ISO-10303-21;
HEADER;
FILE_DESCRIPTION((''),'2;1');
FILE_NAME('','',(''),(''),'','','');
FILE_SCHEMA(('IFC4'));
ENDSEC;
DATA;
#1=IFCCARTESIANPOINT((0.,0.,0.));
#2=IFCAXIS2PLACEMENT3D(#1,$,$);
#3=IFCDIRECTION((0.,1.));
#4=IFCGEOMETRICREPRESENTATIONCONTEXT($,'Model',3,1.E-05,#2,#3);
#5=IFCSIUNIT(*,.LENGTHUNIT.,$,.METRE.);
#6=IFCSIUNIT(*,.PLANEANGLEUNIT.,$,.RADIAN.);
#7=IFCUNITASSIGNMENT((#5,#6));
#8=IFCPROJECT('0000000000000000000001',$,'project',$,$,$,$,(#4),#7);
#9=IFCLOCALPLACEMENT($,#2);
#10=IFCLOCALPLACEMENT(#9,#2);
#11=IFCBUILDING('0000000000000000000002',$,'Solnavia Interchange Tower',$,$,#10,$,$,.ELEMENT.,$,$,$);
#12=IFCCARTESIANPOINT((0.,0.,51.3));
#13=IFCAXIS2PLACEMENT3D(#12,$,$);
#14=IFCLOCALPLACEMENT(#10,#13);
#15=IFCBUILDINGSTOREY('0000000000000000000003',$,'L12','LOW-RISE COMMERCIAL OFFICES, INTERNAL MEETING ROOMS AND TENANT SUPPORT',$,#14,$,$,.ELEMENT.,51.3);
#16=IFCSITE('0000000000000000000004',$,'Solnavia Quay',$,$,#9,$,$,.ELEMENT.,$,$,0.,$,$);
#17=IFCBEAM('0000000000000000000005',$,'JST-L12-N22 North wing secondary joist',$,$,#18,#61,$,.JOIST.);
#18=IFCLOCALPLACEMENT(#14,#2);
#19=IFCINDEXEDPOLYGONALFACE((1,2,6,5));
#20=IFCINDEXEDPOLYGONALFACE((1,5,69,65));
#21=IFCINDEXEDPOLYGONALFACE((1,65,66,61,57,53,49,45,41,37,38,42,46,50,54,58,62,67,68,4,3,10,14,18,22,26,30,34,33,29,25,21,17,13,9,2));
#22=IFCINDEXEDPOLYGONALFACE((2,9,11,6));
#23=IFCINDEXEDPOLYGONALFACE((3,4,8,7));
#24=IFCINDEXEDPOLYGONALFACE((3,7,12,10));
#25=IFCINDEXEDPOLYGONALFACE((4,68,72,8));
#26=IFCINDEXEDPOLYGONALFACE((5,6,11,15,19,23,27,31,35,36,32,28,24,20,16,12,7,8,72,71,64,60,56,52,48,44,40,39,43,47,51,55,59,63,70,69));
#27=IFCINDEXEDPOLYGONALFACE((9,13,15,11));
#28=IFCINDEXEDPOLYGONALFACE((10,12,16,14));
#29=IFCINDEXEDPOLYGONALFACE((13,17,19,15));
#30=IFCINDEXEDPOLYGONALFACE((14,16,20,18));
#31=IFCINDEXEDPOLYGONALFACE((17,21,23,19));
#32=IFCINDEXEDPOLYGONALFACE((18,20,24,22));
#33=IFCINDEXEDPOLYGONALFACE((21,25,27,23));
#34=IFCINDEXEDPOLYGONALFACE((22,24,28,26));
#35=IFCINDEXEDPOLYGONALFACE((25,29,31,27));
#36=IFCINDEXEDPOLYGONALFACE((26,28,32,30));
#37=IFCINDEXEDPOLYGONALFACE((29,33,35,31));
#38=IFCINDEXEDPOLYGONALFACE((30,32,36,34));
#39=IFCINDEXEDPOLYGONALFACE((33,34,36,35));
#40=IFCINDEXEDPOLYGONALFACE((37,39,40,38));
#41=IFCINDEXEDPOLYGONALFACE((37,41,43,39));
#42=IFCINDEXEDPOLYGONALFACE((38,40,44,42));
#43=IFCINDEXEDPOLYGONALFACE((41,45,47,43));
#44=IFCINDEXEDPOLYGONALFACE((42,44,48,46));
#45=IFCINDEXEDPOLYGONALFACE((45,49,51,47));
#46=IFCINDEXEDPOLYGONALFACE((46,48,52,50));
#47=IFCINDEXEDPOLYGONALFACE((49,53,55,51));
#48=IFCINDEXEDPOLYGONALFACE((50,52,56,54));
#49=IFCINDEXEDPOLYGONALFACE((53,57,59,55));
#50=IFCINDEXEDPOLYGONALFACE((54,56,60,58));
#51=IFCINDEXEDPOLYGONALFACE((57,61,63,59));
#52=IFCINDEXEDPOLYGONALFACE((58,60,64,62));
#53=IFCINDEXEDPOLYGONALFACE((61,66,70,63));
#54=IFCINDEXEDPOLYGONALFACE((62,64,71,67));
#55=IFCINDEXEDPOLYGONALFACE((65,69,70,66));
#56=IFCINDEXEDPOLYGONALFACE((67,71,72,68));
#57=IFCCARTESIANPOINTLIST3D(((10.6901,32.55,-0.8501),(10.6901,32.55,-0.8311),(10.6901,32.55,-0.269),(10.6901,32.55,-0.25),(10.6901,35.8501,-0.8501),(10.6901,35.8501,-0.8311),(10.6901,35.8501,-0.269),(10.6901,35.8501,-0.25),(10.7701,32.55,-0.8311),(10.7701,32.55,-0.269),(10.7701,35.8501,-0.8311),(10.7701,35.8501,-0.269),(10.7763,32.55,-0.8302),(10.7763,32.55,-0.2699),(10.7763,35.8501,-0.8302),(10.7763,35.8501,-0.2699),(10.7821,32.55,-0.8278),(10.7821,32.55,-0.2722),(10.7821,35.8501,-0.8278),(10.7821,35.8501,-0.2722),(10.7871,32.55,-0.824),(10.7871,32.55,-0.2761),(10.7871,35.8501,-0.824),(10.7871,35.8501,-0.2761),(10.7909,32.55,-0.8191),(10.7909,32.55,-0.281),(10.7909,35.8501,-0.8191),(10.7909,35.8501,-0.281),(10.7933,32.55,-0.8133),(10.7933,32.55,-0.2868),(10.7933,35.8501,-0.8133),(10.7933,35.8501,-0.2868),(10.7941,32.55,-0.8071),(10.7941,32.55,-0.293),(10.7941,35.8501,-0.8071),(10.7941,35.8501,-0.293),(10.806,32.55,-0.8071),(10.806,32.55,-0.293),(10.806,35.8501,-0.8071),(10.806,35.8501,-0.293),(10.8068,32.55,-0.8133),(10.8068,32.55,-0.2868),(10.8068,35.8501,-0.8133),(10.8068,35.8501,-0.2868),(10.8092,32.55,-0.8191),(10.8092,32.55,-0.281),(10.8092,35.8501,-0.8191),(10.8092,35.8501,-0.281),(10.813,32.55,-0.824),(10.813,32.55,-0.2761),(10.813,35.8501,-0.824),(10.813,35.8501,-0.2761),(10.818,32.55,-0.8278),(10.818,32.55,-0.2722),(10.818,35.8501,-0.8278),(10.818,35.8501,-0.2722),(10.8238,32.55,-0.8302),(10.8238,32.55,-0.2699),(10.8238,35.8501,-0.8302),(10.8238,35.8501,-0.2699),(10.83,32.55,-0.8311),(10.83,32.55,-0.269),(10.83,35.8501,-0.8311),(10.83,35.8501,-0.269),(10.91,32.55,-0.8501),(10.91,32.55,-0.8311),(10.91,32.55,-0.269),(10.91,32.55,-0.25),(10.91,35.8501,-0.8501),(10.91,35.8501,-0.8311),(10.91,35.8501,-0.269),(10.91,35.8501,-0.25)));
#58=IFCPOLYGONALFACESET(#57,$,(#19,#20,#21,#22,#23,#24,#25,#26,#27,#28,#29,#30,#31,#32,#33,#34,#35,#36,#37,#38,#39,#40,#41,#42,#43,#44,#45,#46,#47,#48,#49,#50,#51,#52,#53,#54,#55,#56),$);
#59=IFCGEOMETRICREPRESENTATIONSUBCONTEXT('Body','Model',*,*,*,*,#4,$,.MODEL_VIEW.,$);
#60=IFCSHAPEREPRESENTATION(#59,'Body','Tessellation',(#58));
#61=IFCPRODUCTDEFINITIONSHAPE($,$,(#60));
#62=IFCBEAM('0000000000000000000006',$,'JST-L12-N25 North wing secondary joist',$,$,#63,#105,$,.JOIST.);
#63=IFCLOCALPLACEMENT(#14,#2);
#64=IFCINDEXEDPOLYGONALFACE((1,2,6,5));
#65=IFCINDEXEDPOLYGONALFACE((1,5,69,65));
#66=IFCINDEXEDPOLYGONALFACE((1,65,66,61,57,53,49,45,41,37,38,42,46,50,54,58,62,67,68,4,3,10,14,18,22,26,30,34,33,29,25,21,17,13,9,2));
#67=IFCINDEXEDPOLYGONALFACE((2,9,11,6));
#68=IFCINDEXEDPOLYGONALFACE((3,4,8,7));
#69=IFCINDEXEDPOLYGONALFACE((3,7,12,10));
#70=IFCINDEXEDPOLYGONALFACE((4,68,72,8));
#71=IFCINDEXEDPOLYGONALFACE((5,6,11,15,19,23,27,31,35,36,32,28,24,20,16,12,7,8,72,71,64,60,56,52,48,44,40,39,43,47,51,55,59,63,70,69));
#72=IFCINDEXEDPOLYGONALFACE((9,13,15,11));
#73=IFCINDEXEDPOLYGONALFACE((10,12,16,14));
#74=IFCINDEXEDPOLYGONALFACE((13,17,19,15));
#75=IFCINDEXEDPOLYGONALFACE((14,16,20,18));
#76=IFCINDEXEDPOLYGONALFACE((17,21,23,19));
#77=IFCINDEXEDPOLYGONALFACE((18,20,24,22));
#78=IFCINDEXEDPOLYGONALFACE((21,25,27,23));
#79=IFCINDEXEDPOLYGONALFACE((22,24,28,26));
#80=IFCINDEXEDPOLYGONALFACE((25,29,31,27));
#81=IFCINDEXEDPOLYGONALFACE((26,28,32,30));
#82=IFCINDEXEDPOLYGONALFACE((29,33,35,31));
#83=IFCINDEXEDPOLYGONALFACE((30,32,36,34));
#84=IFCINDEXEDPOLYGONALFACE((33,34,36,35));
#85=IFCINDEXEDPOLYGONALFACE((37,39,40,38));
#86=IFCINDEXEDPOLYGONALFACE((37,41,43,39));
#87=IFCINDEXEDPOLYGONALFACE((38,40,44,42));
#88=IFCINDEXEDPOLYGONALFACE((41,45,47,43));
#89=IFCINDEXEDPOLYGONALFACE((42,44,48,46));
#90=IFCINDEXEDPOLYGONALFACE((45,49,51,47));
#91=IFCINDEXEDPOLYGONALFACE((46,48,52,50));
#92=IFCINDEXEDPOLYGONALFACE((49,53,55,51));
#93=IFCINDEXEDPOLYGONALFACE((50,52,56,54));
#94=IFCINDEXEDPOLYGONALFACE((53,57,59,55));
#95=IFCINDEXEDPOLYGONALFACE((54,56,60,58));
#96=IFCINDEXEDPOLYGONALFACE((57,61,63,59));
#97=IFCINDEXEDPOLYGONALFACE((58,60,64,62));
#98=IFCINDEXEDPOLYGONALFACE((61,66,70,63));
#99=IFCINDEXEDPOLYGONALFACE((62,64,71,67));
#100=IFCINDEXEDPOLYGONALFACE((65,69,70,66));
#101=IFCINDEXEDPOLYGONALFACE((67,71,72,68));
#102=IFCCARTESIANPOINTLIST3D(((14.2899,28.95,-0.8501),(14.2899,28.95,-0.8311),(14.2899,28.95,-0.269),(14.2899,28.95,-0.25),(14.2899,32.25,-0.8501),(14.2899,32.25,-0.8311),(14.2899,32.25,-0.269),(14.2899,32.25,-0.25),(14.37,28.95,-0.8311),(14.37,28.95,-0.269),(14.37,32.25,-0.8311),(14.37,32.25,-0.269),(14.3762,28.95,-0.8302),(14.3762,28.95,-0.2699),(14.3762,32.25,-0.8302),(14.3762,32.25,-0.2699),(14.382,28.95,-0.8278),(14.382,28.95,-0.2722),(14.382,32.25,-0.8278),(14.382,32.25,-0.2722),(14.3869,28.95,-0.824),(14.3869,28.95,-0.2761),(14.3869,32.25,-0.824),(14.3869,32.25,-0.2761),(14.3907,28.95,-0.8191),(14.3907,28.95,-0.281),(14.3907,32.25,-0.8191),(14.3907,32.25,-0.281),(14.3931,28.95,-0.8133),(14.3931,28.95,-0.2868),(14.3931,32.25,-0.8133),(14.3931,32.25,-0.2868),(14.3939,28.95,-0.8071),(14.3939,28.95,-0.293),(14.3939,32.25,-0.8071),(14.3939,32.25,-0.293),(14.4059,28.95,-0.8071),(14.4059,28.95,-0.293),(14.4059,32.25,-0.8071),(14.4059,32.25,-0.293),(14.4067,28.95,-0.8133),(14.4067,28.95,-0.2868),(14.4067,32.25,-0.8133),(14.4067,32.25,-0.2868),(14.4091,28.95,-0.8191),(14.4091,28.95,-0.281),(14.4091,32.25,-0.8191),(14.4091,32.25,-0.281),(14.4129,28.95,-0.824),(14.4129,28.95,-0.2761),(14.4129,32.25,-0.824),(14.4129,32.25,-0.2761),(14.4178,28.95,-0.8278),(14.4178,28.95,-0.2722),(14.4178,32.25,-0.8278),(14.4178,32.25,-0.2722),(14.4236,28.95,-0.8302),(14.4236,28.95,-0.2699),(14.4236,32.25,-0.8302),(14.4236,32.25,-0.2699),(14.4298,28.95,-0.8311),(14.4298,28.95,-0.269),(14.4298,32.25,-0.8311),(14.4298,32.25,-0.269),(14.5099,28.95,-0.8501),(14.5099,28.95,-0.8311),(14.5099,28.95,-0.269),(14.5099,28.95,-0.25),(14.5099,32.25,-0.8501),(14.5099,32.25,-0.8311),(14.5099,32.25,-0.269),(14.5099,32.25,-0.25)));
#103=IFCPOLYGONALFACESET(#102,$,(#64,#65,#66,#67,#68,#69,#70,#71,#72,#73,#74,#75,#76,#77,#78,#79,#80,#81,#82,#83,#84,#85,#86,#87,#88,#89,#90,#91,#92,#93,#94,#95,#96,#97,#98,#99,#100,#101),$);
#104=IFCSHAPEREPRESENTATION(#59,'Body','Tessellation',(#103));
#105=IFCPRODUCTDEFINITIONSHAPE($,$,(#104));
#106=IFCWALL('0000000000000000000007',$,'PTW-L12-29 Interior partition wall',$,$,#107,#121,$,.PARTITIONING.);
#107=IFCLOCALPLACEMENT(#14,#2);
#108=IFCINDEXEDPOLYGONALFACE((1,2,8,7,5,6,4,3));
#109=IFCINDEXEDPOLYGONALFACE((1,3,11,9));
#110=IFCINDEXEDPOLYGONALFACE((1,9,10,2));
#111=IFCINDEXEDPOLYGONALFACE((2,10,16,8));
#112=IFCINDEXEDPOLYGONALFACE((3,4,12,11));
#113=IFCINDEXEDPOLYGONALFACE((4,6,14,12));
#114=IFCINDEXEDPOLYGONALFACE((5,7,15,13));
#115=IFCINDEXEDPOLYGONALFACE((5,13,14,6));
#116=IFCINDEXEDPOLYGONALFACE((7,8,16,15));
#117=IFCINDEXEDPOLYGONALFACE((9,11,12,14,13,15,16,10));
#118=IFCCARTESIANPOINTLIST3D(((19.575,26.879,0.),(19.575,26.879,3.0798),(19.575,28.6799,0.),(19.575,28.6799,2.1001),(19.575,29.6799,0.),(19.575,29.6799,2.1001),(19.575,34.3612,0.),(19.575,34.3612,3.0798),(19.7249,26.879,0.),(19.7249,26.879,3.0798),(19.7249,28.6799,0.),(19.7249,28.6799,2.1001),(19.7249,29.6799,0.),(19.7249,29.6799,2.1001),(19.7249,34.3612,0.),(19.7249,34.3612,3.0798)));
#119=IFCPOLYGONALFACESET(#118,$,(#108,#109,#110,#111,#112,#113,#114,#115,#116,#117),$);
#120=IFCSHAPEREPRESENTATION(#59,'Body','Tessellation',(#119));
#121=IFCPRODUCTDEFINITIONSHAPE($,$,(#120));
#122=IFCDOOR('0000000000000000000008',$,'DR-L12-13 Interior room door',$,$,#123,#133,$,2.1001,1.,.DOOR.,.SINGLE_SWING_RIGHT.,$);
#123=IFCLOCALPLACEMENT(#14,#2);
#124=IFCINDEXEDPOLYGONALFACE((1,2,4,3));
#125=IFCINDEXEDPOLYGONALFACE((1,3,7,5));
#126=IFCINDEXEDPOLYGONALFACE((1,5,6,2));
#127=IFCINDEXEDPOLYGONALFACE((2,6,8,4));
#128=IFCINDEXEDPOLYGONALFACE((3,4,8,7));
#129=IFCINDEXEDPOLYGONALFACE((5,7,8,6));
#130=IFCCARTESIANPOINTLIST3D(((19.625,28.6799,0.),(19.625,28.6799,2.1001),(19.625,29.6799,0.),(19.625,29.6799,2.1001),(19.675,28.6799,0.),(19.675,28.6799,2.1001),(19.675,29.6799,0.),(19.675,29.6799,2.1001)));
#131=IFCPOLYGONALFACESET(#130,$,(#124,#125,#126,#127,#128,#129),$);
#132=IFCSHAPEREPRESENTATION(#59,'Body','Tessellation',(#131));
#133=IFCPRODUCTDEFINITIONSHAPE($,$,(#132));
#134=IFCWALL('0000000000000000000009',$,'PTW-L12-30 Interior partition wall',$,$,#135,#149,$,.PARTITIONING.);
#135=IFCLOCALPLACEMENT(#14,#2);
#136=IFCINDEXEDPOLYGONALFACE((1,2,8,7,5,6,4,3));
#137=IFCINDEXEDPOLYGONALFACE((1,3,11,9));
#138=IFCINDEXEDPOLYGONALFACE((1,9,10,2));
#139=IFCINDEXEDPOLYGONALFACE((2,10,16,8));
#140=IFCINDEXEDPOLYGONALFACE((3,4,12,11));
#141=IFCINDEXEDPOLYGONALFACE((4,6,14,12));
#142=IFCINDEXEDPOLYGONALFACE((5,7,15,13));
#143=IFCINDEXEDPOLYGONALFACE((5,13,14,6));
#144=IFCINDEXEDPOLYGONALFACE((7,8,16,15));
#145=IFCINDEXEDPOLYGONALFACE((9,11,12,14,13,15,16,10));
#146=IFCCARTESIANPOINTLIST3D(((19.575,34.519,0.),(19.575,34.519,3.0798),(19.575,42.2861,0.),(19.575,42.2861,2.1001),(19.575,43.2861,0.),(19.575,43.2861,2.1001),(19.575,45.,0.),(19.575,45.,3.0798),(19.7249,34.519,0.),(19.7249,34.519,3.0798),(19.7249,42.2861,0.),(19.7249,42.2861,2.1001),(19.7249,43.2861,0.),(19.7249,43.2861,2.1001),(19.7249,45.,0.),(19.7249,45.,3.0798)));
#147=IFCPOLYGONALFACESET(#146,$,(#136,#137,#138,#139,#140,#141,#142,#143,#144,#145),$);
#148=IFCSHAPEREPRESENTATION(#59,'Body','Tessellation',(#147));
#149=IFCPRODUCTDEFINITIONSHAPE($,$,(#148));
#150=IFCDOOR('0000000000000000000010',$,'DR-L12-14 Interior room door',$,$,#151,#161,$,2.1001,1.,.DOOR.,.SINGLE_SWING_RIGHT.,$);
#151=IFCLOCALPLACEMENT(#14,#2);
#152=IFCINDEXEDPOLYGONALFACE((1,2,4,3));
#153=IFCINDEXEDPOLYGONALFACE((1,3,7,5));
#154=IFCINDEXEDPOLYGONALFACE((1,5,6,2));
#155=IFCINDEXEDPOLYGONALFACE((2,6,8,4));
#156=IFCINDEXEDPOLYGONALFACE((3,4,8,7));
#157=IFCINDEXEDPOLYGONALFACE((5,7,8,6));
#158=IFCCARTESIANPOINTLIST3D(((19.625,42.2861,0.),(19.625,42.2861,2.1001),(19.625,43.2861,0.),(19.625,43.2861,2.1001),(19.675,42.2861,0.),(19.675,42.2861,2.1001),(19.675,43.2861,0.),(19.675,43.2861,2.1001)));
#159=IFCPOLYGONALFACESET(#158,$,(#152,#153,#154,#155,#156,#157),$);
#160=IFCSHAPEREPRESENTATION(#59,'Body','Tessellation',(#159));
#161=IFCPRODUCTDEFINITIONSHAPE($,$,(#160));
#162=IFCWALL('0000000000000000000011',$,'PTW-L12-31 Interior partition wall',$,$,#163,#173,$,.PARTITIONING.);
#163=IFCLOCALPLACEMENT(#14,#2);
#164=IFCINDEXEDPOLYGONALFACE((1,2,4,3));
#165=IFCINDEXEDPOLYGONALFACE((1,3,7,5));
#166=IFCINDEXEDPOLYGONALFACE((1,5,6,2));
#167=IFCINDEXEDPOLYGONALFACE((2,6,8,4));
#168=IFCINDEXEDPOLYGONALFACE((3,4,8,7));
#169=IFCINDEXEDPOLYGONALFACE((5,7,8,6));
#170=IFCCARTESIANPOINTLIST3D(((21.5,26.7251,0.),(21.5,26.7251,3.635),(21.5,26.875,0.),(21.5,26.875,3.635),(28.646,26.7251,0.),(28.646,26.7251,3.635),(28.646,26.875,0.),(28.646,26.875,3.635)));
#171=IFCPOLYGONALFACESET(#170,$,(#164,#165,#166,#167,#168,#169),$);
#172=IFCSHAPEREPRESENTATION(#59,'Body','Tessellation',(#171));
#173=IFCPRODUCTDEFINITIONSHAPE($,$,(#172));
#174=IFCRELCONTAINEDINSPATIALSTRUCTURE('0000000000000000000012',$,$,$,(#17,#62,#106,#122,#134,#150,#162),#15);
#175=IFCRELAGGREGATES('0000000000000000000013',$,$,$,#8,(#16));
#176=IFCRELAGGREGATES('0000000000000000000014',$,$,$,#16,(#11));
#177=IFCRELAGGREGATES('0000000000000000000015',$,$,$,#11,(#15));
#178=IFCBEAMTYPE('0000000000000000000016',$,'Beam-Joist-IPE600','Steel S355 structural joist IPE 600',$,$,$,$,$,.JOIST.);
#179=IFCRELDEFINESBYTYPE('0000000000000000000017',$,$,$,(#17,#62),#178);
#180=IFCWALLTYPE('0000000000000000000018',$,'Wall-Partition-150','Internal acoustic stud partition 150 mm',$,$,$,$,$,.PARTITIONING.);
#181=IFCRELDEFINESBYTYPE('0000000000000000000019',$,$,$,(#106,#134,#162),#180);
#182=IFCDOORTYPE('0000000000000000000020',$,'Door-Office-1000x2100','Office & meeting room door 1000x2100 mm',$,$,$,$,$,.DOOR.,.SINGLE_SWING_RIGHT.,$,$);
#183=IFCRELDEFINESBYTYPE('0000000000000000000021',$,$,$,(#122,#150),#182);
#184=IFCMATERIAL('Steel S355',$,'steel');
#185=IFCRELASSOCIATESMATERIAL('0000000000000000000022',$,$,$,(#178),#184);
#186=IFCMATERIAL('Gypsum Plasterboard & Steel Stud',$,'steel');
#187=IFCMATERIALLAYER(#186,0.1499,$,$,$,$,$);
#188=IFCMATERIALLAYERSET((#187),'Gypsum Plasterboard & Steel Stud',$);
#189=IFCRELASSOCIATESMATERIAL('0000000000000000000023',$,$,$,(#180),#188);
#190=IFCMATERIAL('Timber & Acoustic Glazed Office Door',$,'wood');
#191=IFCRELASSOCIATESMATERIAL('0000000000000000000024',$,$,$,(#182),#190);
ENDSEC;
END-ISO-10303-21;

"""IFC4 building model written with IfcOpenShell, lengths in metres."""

from ifc_helpers import new_model, si_unit, direction, frame, frame_2d, origin, origin_2d, place, context, subcontext, project, spatial, rectangle, i_section, extrude, material, layer, layer_set, material_profile, profile_set, type_object, element, fill, save


model = new_model("IFC4")

# Units and contexts
model_context = context("Model", 3, precision=1e-05, world=origin(), true_north=direction((0.0, 1.0)))
body_context = subcontext(model_context, "Body", "Model", "MODEL_VIEW")
ifc_project = project(units=[si_unit("LENGTHUNIT", "METRE"), si_unit("PLANEANGLEUNIT", "RADIAN")], contexts=[model_context])

# Site, building, storey
site_placement = place(None, origin())
site = spatial("IfcSite", under=ifc_project, at=site_placement, Name="Solnavia Quay", CompositionType="ELEMENT", RefElevation=0.0)
building_placement = place(site_placement, origin())
building = spatial("IfcBuilding", under=site, at=building_placement, Name="Solnavia Interchange Tower", CompositionType="ELEMENT")
storey_placement = place(building_placement, frame((0.0, 0.0, 51.3)))
storey = spatial("IfcBuildingStorey", under=building, at=storey_placement, Name="L12", Description="LOW-RISE COMMERCIAL OFFICES, INTERNAL MEETING ROOMS AND TENANT SUPPORT", CompositionType="ELEMENT", Elevation=51.3)

# Shared definitions
ifc_material_1 = material(Name="Steel S355", Category="steel")

# Beams
ifc_material_profile_1 = material_profile(ifc_material_1, i_section(OverallWidth=0.22, OverallDepth=0.6001, WebThickness=0.012, FlangeThickness=0.019, FilletRadius=0.0239, at=origin_2d()), Name="IPE 600")
ifc_profile_set_1 = profile_set([ifc_material_profile_1], Name="Steel S355")
beam_type_1 = type_object("IfcBeamType", Name="Beam-Joist-IPE600", Description="Steel S355 structural joist IPE 600", PredefinedType="JOIST", material=ifc_profile_set_1)
for number, where, z_axis, x_axis, name in (
    (1, (10.8, 32.55, -0.55), (0.0, 1.0, 0.0), (-1.0, 0.0, 0.0), "JST-L12-N22 North wing secondary joist"),
    (2, (14.3999, 28.95, -0.55), (0.0, 1.0, 0.0), (-1.0, 0.0, 0.0), "JST-L12-N25 North wing secondary joist"),
):
    element("IfcBeam", number, at=place(storey_placement, frame(where, z_axis=z_axis, x_axis=x_axis)), inside=storey, type_object=beam_type_1, Name=name, PredefinedType="JOIST", context=body_context, shape_type="SweptSolid", body=[
        extrude(i_section(OverallWidth=0.22, OverallDepth=0.6001, WebThickness=0.012, FlangeThickness=0.019, FilletRadius=0.0239, at=origin_2d()), origin(), (0.0, 0.0, 1.0), 3.3),
    ])

# Walls, openings, doors
ifc_material_2 = material(Name="Gypsum Plasterboard & Steel Stud", Category="steel")
ifc_layer_1 = layer(ifc_material_2, 0.1499)
ifc_layer_set_1 = layer_set([ifc_layer_1], Name="Gypsum Plasterboard & Steel Stud")
wall_type_1 = type_object("IfcWallType", Name="Wall-Partition-150", Description="Internal acoustic stud partition 150 mm", PredefinedType="PARTITIONING", material=ifc_layer_set_1)
wall_1_placement = place(storey_placement, frame((19.6499, 26.8789, 0.0), z_axis=(0.0, 0.0, 1.0), x_axis=(0.0, 1.0, 0.0)))
wall_1 = element("IfcWall", 3, at=wall_1_placement, inside=storey, type_object=wall_type_1, Name="PTW-L12-29 Interior partition wall", PredefinedType="PARTITIONING", context=body_context, shape_type="SweptSolid", body=[
    extrude(rectangle(XDim=7.4822, YDim=0.1499, at=frame_2d((3.7412, 0.0))), origin(), (0.0, 0.0, 1.0), 3.0798),
])
opening_1_placement = place(wall_1_placement, frame((1.801, 0.0, 0.0)))
opening_1 = element("IfcOpeningElement", 4, at=opening_1_placement, cuts=wall_1, PredefinedType="OPENING", context=body_context, shape_type="SweptSolid", body=[
    extrude(rectangle(XDim=1.0, YDim=2.1001, at=frame_2d((0.5, 1.05))), frame((0.0, 0.085, 0.0), z_axis=(0.0, -1.0, 0.0), x_axis=(1.0, 0.0, 0.0)), (0.0, 0.0, 1.0), 0.1699),
])
ifc_material_3 = material(Name="Timber & Acoustic Glazed Office Door", Category="wood")
door_type = type_object("IfcDoorType", Name="Door-Office-1000x2100", Description="Office & meeting room door 1000x2100 mm", OperationType="SINGLE_SWING_RIGHT", PredefinedType="DOOR", material=ifc_material_3)
door_1_placement = place(opening_1_placement, origin())
door_1 = element("IfcDoor", 5, at=door_1_placement, inside=storey, type_object=door_type, Name="DR-L12-13 Interior room door", OperationType="SINGLE_SWING_RIGHT", OverallHeight=2.1001, OverallWidth=1.0, PredefinedType="DOOR", context=body_context, shape_type="SweptSolid", body=[
    extrude(rectangle(XDim=1.0, YDim=2.1001, at=frame_2d((0.5, 1.05))), frame((0.0, 0.0249, 0.0), z_axis=(0.0, -1.0, 0.0), x_axis=(1.0, 0.0, 0.0)), (0.0, 0.0, 1.0), 0.05),
])
fill(opening_1, door_1)
wall_2_placement = place(storey_placement, frame((19.6499, 34.519, 0.0), z_axis=(0.0, 0.0, 1.0), x_axis=(0.0, 1.0, 0.0)))
wall_2 = element("IfcWall", 6, at=wall_2_placement, inside=storey, type_object=wall_type_1, Name="PTW-L12-30 Interior partition wall", PredefinedType="PARTITIONING", context=body_context, shape_type="SweptSolid", body=[
    extrude(rectangle(XDim=10.481, YDim=0.1499, at=frame_2d((5.2405, 0.0))), origin(), (0.0, 0.0, 1.0), 3.0798),
])
opening_2_placement = place(wall_2_placement, frame((7.7671, 0.0, 0.0)))
opening_2 = element("IfcOpeningElement", 7, at=opening_2_placement, cuts=wall_2, PredefinedType="OPENING", context=body_context, shape_type="SweptSolid", body=[
    extrude(rectangle(XDim=1.0, YDim=2.1001, at=frame_2d((0.5, 1.05))), frame((0.0, 0.085, 0.0), z_axis=(0.0, -1.0, 0.0), x_axis=(1.0, 0.0, 0.0)), (0.0, 0.0, 1.0), 0.1699),
])
door_2_placement = place(opening_2_placement, origin())
door_2 = element("IfcDoor", 8, at=door_2_placement, inside=storey, type_object=door_type, Name="DR-L12-14 Interior room door", OperationType="SINGLE_SWING_RIGHT", OverallHeight=2.1001, OverallWidth=1.0, PredefinedType="DOOR", context=body_context, shape_type="SweptSolid", body=[
    extrude(rectangle(XDim=1.0, YDim=2.1001, at=frame_2d((0.5, 1.05))), frame((0.0, 0.0249, 0.0), z_axis=(0.0, -1.0, 0.0), x_axis=(1.0, 0.0, 0.0)), (0.0, 0.0, 1.0), 0.05),
])
fill(opening_2, door_2)

# Wall
wall_3_placement = place(storey_placement, frame((21.5, 26.8, 0.0), z_axis=(0.0, 0.0, 1.0), x_axis=(1.0, 0.0, 0.0)))
element("IfcWall", 9, at=wall_3_placement, inside=storey, type_object=wall_type_1, Name="PTW-L12-31 Interior partition wall", PredefinedType="PARTITIONING", context=body_context, shape_type="SweptSolid", body=[
    extrude(rectangle(XDim=7.146, YDim=0.1499, at=frame_2d((3.573, 0.0))), origin(), (0.0, 0.0, 1.0), 3.635),
])

save(model, "model.ifc")
